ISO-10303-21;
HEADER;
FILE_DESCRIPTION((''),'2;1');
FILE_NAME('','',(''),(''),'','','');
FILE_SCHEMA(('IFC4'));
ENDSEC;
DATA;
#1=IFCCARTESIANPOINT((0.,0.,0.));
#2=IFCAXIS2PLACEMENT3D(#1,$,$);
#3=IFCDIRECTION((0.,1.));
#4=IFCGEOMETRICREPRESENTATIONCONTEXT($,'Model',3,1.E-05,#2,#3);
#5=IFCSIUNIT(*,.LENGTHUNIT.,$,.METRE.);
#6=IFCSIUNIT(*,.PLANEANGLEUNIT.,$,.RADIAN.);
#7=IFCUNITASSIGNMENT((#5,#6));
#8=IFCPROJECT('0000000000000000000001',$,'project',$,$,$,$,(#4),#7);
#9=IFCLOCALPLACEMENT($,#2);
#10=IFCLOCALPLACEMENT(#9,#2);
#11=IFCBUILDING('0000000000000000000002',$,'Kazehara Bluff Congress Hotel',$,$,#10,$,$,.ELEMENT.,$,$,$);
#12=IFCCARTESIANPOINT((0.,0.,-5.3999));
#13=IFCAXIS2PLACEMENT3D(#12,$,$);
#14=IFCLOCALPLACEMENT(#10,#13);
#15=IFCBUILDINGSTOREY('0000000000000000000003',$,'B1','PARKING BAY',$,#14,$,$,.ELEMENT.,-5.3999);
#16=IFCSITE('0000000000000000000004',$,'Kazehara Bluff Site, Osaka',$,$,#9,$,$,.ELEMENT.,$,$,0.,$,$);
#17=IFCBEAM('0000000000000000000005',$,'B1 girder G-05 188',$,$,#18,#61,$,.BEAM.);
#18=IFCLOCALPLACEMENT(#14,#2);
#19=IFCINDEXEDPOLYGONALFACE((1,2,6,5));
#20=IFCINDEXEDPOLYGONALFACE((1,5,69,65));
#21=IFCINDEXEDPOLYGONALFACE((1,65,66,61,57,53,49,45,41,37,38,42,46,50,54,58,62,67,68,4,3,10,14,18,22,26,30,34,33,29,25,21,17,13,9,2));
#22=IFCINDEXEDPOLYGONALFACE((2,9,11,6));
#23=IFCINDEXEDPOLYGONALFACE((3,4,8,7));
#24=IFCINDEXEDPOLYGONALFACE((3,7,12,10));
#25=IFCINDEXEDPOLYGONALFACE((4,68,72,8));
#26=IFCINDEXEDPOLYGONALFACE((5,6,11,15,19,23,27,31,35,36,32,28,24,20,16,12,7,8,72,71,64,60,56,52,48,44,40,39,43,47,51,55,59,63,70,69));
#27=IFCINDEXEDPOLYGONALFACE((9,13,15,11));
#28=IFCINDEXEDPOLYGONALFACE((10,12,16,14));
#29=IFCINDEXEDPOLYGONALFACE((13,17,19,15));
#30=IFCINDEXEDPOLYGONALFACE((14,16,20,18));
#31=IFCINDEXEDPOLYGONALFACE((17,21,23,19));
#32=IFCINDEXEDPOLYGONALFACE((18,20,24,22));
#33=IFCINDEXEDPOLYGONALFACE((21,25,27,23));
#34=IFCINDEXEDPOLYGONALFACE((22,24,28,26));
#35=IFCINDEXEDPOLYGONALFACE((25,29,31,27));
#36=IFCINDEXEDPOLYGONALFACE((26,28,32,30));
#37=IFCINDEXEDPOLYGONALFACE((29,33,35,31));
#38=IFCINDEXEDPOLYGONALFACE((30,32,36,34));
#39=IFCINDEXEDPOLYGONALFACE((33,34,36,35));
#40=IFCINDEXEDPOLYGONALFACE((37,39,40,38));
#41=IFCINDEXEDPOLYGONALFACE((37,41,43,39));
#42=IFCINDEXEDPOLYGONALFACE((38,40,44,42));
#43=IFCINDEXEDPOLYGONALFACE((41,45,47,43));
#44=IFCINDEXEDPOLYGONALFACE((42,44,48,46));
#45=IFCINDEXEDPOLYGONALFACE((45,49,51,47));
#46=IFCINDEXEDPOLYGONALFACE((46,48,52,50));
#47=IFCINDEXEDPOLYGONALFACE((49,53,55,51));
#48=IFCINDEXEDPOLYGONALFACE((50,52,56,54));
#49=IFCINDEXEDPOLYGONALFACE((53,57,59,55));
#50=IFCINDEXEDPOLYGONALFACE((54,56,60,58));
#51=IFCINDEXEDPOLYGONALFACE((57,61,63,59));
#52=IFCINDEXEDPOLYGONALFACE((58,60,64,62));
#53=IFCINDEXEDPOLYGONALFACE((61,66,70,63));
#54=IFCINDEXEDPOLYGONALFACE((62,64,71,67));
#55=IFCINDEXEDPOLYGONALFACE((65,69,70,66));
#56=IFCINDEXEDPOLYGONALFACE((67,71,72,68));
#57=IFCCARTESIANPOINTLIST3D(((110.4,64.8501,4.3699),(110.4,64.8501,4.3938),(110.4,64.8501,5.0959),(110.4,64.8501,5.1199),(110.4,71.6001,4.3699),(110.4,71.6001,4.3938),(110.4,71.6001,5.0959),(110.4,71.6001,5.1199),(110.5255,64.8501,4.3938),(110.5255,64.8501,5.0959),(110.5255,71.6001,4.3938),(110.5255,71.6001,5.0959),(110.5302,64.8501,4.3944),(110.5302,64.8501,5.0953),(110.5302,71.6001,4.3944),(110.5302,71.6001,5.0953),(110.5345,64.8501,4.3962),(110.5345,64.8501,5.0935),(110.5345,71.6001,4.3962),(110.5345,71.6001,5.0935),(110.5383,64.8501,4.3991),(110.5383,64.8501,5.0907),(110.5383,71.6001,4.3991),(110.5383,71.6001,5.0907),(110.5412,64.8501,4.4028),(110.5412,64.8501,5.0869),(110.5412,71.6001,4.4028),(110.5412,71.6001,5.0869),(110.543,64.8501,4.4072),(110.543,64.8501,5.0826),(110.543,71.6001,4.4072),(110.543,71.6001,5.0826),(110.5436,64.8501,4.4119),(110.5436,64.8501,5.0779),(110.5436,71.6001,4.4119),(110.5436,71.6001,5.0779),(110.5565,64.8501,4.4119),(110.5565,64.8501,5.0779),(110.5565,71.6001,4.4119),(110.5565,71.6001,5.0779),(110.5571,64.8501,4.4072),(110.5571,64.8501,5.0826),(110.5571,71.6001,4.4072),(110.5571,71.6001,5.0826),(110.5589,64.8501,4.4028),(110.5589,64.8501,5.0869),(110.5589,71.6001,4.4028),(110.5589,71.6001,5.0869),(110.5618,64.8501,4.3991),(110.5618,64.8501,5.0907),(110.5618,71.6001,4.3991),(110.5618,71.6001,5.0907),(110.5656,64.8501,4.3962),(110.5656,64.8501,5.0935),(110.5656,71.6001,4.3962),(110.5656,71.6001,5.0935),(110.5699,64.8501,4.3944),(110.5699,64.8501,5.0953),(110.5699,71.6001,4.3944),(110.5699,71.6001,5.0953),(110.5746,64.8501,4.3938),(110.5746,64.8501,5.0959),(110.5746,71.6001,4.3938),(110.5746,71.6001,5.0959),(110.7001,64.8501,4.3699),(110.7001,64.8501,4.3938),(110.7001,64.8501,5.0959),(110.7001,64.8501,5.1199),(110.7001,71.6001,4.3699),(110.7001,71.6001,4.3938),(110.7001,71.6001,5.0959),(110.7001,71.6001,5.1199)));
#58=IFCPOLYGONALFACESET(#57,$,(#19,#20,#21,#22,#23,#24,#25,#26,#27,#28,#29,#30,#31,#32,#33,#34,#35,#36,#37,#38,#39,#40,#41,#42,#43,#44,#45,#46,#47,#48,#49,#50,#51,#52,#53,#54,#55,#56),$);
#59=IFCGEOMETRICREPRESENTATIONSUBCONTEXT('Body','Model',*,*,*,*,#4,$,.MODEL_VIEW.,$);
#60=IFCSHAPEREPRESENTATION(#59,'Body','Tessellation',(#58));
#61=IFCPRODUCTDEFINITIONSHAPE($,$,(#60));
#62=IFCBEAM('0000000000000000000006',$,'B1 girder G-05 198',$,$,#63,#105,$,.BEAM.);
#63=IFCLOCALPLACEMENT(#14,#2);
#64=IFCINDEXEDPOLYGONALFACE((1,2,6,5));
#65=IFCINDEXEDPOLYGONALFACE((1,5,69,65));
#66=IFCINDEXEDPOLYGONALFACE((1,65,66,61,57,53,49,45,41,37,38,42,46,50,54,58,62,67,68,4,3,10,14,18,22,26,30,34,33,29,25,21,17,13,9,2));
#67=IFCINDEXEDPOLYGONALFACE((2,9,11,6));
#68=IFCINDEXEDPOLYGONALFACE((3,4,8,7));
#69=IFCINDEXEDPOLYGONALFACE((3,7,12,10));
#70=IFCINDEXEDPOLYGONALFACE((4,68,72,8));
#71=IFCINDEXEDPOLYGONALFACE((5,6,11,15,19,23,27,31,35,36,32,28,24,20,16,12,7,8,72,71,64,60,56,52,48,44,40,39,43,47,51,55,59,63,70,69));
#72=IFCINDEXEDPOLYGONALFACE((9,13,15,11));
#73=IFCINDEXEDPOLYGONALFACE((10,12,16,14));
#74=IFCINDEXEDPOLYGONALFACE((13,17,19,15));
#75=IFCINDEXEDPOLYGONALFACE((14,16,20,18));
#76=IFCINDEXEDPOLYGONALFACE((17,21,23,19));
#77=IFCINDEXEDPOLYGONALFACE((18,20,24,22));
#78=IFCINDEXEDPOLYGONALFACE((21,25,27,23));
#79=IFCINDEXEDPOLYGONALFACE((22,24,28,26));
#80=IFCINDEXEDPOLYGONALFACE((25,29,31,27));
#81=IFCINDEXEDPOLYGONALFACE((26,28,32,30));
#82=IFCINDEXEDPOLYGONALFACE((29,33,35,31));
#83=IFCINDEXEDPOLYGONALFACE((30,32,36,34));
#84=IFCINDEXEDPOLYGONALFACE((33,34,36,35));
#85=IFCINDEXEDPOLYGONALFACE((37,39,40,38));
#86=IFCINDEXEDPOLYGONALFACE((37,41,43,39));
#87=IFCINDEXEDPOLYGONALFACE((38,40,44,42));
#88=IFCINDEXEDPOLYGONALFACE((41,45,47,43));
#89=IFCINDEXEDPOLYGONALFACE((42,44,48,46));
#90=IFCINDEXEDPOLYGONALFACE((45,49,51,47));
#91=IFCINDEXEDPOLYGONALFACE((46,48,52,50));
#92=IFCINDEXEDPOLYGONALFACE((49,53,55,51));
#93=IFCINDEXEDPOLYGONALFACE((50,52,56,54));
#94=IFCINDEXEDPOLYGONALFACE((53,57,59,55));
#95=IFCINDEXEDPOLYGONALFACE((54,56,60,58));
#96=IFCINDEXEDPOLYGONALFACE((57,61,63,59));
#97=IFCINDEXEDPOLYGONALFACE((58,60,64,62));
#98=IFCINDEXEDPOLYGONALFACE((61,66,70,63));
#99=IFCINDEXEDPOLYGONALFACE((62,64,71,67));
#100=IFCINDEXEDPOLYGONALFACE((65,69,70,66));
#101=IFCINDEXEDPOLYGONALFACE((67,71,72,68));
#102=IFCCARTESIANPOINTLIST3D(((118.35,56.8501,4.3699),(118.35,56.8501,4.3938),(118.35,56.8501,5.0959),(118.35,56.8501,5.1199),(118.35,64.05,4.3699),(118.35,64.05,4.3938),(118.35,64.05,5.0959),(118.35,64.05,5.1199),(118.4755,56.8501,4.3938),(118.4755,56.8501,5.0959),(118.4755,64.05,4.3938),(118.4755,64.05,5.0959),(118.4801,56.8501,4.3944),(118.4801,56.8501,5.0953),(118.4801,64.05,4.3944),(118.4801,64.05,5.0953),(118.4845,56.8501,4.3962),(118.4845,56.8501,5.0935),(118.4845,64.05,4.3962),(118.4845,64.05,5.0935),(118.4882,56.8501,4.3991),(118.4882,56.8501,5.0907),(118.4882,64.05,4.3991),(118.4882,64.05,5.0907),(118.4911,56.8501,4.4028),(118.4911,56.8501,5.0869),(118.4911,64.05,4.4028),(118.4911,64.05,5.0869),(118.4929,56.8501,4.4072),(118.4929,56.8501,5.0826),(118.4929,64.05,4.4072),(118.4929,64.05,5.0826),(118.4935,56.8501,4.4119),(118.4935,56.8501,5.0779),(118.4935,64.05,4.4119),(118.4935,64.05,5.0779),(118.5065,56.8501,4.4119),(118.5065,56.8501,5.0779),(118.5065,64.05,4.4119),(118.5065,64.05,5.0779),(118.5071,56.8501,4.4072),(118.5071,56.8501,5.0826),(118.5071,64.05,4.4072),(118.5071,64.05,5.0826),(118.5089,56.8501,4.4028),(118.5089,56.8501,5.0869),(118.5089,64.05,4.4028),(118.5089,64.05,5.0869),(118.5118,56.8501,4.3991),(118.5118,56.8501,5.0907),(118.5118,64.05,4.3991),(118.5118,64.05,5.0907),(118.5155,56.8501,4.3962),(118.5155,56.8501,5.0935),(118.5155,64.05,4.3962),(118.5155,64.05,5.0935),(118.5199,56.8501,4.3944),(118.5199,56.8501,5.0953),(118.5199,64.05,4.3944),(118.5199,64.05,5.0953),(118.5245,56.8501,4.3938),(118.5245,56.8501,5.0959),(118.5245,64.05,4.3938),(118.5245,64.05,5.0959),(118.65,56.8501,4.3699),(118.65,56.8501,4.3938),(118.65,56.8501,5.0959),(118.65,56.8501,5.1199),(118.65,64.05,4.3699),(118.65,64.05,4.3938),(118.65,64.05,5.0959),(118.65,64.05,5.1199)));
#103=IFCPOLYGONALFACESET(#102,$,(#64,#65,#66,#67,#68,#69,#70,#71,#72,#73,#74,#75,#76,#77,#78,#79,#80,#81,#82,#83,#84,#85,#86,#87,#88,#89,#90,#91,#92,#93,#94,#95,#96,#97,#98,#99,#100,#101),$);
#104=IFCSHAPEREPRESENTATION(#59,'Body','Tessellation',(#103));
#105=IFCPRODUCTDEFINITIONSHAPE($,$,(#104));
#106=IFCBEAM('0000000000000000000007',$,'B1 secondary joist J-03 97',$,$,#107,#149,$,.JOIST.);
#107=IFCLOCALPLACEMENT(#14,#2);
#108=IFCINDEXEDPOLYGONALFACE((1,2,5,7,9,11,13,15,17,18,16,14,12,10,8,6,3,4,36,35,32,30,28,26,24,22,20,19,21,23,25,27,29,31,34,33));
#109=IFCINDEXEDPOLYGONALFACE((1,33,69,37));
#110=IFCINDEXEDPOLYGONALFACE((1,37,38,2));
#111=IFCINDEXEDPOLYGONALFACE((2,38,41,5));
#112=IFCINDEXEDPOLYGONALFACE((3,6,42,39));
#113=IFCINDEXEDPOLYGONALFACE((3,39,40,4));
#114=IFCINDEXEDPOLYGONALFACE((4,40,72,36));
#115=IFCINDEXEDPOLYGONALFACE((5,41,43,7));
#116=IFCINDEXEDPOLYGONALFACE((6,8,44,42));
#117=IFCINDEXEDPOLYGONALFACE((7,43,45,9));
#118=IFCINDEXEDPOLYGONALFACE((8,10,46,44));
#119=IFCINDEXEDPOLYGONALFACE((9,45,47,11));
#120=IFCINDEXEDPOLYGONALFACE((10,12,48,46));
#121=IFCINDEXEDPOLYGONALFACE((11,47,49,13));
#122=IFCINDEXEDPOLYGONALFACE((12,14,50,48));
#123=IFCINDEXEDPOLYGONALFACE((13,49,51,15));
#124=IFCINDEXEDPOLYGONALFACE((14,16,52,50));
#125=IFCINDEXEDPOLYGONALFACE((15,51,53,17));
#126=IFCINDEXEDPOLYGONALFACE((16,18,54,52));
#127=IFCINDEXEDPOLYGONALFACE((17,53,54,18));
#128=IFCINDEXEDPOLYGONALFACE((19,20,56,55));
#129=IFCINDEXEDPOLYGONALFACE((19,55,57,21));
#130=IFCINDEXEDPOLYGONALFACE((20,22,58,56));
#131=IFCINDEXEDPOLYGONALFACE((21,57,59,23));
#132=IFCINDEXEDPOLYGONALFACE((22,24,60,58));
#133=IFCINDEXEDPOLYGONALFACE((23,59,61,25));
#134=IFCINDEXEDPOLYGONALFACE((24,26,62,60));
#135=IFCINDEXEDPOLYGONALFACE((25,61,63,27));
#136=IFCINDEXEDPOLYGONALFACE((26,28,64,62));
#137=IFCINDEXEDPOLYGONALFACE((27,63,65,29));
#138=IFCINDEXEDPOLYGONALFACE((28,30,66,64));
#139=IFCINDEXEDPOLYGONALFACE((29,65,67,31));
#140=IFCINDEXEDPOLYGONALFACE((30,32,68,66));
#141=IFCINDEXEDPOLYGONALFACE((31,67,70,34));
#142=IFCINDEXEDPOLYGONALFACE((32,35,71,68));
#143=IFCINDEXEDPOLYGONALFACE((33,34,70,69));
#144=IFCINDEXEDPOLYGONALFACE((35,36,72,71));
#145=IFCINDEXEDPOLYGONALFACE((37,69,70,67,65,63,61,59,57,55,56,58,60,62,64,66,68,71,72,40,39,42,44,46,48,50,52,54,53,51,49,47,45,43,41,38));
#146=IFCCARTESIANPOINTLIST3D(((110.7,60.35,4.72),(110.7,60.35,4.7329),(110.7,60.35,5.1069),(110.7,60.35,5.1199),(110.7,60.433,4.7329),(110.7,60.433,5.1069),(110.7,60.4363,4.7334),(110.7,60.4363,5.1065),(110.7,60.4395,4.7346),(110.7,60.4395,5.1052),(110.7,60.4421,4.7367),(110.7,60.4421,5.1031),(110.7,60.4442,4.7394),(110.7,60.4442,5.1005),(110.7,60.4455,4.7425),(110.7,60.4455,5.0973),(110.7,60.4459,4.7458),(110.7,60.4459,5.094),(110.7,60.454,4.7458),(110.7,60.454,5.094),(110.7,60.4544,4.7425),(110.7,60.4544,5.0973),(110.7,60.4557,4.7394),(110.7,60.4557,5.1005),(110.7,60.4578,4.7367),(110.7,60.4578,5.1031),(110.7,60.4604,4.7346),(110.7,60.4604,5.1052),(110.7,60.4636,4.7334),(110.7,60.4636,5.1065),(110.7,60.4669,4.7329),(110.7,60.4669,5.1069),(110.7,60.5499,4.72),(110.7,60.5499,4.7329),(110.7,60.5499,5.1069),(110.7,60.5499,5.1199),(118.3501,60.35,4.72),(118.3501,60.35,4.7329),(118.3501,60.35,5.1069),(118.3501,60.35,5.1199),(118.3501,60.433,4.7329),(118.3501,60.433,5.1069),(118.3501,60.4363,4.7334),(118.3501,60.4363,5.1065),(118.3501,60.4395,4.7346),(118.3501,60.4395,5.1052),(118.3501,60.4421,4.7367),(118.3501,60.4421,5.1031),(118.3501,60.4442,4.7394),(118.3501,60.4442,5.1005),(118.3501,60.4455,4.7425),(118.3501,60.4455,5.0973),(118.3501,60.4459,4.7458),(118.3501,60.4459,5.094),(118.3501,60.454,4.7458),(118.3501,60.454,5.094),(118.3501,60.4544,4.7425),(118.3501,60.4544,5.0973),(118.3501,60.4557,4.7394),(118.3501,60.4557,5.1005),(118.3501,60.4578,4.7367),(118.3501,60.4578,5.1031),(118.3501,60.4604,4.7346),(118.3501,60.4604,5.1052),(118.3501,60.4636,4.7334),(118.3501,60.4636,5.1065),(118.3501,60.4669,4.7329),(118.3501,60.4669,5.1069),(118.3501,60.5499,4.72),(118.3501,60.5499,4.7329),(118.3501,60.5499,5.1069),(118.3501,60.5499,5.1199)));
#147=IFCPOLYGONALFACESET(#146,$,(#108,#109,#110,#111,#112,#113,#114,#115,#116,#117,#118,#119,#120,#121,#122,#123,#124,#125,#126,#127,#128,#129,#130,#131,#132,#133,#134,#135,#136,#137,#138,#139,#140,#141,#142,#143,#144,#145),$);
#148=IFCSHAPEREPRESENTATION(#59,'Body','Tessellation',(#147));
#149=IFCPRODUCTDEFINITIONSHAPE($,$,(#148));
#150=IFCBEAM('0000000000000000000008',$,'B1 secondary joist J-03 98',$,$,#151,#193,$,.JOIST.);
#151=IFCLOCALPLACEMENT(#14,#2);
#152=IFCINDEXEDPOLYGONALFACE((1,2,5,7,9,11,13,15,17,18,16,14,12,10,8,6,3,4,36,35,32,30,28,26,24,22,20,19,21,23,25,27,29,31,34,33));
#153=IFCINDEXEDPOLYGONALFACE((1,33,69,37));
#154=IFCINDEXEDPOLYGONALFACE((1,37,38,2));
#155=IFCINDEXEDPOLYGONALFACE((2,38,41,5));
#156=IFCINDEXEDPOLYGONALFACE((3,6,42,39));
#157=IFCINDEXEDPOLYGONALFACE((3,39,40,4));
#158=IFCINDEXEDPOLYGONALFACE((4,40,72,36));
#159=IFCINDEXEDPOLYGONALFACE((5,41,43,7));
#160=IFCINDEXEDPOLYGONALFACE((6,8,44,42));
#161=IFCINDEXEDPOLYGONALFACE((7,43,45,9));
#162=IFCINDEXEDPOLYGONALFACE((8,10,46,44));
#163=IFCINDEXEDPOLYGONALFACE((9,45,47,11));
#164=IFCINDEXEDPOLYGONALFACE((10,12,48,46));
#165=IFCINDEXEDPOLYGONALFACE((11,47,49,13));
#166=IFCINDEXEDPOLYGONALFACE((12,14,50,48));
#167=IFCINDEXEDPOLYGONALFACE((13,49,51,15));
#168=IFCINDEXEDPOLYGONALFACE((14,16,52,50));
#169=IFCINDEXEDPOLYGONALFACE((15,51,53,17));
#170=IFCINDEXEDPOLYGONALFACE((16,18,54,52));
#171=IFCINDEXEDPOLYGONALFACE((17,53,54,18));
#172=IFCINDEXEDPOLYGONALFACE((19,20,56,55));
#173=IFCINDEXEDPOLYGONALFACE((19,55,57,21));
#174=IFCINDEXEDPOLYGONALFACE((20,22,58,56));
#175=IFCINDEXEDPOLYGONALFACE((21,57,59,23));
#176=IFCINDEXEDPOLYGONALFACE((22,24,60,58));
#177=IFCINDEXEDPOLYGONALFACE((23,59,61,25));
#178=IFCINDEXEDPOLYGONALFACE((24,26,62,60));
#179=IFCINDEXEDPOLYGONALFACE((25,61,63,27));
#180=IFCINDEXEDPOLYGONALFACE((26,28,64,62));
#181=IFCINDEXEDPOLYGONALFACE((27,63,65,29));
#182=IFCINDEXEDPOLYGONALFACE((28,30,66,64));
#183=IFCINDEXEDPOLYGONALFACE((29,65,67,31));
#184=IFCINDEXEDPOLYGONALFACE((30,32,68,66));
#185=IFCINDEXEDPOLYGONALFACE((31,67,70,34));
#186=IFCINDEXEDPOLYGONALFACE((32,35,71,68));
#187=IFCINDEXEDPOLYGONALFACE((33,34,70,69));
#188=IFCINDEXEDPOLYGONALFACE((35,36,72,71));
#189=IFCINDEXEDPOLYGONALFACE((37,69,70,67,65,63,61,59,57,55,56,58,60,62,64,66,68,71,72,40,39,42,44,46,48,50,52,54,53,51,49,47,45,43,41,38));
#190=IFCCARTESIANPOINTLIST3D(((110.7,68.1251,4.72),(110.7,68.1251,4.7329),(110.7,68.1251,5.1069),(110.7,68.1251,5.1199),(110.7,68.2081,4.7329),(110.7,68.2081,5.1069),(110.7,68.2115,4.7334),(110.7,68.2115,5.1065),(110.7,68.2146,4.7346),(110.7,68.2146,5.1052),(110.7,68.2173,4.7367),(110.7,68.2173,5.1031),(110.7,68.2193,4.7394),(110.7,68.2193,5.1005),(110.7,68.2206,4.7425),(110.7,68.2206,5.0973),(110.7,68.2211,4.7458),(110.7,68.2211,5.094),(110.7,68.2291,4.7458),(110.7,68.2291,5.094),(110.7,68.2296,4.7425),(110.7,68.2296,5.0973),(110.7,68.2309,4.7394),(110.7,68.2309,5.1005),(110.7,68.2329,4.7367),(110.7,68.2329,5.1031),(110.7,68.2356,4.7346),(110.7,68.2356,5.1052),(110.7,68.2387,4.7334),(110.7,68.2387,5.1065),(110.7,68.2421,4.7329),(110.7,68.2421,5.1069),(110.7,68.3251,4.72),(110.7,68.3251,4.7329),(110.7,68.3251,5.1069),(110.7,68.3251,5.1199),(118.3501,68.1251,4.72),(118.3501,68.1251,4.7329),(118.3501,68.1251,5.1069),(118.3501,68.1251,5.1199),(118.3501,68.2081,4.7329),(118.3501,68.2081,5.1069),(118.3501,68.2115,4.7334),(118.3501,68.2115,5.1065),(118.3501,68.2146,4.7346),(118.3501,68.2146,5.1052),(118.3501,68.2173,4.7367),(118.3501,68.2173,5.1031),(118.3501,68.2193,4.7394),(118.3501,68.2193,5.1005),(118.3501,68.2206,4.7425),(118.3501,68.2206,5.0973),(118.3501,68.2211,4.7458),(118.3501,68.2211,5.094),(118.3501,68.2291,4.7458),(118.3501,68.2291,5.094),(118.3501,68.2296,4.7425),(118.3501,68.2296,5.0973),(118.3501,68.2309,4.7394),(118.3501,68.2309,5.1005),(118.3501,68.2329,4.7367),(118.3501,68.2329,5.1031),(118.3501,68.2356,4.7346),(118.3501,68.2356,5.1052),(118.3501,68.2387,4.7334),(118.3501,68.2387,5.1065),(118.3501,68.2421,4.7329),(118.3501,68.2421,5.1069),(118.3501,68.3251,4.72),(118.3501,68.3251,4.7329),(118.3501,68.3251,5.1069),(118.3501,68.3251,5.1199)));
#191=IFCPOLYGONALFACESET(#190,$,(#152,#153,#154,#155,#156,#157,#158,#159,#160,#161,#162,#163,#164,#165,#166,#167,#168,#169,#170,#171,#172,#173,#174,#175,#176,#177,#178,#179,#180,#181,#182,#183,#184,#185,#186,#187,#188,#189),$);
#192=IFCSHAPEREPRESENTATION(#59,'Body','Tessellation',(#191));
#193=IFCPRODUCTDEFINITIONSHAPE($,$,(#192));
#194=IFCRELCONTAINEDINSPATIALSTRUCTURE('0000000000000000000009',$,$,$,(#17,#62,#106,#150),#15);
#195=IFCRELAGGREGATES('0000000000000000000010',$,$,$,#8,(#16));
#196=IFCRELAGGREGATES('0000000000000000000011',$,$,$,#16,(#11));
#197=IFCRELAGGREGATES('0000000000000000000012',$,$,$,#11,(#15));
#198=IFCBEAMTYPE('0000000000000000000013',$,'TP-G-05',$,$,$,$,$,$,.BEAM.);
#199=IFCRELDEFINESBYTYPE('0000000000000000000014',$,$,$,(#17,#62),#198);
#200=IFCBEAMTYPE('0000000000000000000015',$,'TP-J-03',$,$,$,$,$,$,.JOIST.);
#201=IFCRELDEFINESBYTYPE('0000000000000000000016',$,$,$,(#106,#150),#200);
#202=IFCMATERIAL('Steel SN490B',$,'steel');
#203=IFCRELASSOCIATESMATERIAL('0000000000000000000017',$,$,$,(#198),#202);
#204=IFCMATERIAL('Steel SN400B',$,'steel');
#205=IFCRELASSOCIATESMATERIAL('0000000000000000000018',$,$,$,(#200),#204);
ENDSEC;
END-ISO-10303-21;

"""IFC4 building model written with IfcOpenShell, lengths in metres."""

from ifc_helpers import new_model, si_unit, direction, frame, origin, origin_2d, place, context, subcontext, project, spatial, i_section, extrude, material, material_profile, profile_set, type_object, element, save


model = new_model("IFC4")

# Units and contexts
model_context = context("Model", 3, precision=1e-05, world=origin(), true_north=direction((0.0, 1.0)))
body_context = subcontext(model_context, "Body", "Model", "MODEL_VIEW")
ifc_project = project(units=[si_unit("LENGTHUNIT", "METRE"), si_unit("PLANEANGLEUNIT", "RADIAN")], contexts=[model_context])

# Site, building, storey
site_placement = place(None, origin())
site = spatial("IfcSite", under=ifc_project, at=site_placement, Name="Kazehara Bluff Site, Osaka", CompositionType="ELEMENT", RefElevation=0.0)
building_placement = place(site_placement, origin())
building = spatial("IfcBuilding", under=site, at=building_placement, Name="Kazehara Bluff Congress Hotel", CompositionType="ELEMENT")
storey_placement = place(building_placement, frame((0.0, 0.0, -5.3999)))
storey = spatial("IfcBuildingStorey", under=building, at=storey_placement, Name="B1", Description="PARKING BAY", CompositionType="ELEMENT", Elevation=-5.3999)

# Beams
ifc_material_1 = material(Name="Steel SN490B", Category="steel")
ifc_material_profile_1 = material_profile(ifc_material_1, i_section(OverallWidth=0.3, OverallDepth=0.75, WebThickness=0.0129, FlangeThickness=0.0239, FilletRadius=0.0181, at=origin_2d()))
ifc_profile_set_1 = profile_set([ifc_material_profile_1], Name="Steel SN490B")
beam_type_1 = type_object("IfcBeamType", Name="TP-G-05", PredefinedType="BEAM", material=ifc_profile_set_1)
beam_1_placement = place(storey_placement, frame((110.55, 64.8501, 4.7449), z_axis=(0.0, 1.0, 0.0), x_axis=(-1.0, 0.0, 0.0)))
element("IfcBeam", 1, at=beam_1_placement, inside=storey, type_object=beam_type_1, Name="B1 girder G-05 188", PredefinedType="BEAM", context=body_context, shape_type="SweptSolid", body=[
    extrude(i_section(OverallWidth=0.3, OverallDepth=0.75, WebThickness=0.0129, FlangeThickness=0.0239, FilletRadius=0.0181, at=origin_2d()), origin(), (0.0, 0.0, 1.0), 6.75),
])
beam_2_placement = place(storey_placement, frame((118.5, 56.8501, 4.7449), z_axis=(0.0, 1.0, 0.0), x_axis=(-1.0, 0.0, 0.0)))
element("IfcBeam", 2, at=beam_2_placement, inside=storey, type_object=beam_type_1, Name="B1 girder G-05 198", PredefinedType="BEAM", context=body_context, shape_type="SweptSolid", body=[
    extrude(i_section(OverallWidth=0.3, OverallDepth=0.75, WebThickness=0.0129, FlangeThickness=0.0239, FilletRadius=0.0181, at=origin_2d()), origin(), (0.0, 0.0, 1.0), 7.2),
])
ifc_material_2 = material(Name="Steel SN400B", Category="steel")
ifc_material_profile_2 = material_profile(ifc_material_2, i_section(OverallWidth=0.2, OverallDepth=0.3999, WebThickness=0.0081, FlangeThickness=0.0129, FilletRadius=0.0129, at=origin_2d()))
ifc_profile_set_2 = profile_set([ifc_material_profile_2], Name="Steel SN400B")
beam_type_2 = type_object("IfcBeamType", Name="TP-J-03", PredefinedType="JOIST", material=ifc_profile_set_2)
for number, where, z_axis, x_axis, name in (
    (3, (110.7, 60.45, 4.9199), (1.0, 0.0, 0.0), (0.0, 1.0, 0.0), "B1 secondary joist J-03 97"),
    (4, (110.7, 68.2251, 4.9199), (1.0, 0.0, 0.0), (0.0, 1.0, 0.0), "B1 secondary joist J-03 98"),
):
    element("IfcBeam", number, at=place(storey_placement, frame(where, z_axis=z_axis, x_axis=x_axis)), inside=storey, type_object=beam_type_2, Name=name, PredefinedType="JOIST", context=body_context, shape_type="SweptSolid", body=[
        extrude(i_section(OverallWidth=0.2, OverallDepth=0.3999, WebThickness=0.0081, FlangeThickness=0.0129, FilletRadius=0.0129, at=origin_2d()), origin(), (0.0, 0.0, 1.0), 7.6501),
    ])

save(model, "model.ifc")
